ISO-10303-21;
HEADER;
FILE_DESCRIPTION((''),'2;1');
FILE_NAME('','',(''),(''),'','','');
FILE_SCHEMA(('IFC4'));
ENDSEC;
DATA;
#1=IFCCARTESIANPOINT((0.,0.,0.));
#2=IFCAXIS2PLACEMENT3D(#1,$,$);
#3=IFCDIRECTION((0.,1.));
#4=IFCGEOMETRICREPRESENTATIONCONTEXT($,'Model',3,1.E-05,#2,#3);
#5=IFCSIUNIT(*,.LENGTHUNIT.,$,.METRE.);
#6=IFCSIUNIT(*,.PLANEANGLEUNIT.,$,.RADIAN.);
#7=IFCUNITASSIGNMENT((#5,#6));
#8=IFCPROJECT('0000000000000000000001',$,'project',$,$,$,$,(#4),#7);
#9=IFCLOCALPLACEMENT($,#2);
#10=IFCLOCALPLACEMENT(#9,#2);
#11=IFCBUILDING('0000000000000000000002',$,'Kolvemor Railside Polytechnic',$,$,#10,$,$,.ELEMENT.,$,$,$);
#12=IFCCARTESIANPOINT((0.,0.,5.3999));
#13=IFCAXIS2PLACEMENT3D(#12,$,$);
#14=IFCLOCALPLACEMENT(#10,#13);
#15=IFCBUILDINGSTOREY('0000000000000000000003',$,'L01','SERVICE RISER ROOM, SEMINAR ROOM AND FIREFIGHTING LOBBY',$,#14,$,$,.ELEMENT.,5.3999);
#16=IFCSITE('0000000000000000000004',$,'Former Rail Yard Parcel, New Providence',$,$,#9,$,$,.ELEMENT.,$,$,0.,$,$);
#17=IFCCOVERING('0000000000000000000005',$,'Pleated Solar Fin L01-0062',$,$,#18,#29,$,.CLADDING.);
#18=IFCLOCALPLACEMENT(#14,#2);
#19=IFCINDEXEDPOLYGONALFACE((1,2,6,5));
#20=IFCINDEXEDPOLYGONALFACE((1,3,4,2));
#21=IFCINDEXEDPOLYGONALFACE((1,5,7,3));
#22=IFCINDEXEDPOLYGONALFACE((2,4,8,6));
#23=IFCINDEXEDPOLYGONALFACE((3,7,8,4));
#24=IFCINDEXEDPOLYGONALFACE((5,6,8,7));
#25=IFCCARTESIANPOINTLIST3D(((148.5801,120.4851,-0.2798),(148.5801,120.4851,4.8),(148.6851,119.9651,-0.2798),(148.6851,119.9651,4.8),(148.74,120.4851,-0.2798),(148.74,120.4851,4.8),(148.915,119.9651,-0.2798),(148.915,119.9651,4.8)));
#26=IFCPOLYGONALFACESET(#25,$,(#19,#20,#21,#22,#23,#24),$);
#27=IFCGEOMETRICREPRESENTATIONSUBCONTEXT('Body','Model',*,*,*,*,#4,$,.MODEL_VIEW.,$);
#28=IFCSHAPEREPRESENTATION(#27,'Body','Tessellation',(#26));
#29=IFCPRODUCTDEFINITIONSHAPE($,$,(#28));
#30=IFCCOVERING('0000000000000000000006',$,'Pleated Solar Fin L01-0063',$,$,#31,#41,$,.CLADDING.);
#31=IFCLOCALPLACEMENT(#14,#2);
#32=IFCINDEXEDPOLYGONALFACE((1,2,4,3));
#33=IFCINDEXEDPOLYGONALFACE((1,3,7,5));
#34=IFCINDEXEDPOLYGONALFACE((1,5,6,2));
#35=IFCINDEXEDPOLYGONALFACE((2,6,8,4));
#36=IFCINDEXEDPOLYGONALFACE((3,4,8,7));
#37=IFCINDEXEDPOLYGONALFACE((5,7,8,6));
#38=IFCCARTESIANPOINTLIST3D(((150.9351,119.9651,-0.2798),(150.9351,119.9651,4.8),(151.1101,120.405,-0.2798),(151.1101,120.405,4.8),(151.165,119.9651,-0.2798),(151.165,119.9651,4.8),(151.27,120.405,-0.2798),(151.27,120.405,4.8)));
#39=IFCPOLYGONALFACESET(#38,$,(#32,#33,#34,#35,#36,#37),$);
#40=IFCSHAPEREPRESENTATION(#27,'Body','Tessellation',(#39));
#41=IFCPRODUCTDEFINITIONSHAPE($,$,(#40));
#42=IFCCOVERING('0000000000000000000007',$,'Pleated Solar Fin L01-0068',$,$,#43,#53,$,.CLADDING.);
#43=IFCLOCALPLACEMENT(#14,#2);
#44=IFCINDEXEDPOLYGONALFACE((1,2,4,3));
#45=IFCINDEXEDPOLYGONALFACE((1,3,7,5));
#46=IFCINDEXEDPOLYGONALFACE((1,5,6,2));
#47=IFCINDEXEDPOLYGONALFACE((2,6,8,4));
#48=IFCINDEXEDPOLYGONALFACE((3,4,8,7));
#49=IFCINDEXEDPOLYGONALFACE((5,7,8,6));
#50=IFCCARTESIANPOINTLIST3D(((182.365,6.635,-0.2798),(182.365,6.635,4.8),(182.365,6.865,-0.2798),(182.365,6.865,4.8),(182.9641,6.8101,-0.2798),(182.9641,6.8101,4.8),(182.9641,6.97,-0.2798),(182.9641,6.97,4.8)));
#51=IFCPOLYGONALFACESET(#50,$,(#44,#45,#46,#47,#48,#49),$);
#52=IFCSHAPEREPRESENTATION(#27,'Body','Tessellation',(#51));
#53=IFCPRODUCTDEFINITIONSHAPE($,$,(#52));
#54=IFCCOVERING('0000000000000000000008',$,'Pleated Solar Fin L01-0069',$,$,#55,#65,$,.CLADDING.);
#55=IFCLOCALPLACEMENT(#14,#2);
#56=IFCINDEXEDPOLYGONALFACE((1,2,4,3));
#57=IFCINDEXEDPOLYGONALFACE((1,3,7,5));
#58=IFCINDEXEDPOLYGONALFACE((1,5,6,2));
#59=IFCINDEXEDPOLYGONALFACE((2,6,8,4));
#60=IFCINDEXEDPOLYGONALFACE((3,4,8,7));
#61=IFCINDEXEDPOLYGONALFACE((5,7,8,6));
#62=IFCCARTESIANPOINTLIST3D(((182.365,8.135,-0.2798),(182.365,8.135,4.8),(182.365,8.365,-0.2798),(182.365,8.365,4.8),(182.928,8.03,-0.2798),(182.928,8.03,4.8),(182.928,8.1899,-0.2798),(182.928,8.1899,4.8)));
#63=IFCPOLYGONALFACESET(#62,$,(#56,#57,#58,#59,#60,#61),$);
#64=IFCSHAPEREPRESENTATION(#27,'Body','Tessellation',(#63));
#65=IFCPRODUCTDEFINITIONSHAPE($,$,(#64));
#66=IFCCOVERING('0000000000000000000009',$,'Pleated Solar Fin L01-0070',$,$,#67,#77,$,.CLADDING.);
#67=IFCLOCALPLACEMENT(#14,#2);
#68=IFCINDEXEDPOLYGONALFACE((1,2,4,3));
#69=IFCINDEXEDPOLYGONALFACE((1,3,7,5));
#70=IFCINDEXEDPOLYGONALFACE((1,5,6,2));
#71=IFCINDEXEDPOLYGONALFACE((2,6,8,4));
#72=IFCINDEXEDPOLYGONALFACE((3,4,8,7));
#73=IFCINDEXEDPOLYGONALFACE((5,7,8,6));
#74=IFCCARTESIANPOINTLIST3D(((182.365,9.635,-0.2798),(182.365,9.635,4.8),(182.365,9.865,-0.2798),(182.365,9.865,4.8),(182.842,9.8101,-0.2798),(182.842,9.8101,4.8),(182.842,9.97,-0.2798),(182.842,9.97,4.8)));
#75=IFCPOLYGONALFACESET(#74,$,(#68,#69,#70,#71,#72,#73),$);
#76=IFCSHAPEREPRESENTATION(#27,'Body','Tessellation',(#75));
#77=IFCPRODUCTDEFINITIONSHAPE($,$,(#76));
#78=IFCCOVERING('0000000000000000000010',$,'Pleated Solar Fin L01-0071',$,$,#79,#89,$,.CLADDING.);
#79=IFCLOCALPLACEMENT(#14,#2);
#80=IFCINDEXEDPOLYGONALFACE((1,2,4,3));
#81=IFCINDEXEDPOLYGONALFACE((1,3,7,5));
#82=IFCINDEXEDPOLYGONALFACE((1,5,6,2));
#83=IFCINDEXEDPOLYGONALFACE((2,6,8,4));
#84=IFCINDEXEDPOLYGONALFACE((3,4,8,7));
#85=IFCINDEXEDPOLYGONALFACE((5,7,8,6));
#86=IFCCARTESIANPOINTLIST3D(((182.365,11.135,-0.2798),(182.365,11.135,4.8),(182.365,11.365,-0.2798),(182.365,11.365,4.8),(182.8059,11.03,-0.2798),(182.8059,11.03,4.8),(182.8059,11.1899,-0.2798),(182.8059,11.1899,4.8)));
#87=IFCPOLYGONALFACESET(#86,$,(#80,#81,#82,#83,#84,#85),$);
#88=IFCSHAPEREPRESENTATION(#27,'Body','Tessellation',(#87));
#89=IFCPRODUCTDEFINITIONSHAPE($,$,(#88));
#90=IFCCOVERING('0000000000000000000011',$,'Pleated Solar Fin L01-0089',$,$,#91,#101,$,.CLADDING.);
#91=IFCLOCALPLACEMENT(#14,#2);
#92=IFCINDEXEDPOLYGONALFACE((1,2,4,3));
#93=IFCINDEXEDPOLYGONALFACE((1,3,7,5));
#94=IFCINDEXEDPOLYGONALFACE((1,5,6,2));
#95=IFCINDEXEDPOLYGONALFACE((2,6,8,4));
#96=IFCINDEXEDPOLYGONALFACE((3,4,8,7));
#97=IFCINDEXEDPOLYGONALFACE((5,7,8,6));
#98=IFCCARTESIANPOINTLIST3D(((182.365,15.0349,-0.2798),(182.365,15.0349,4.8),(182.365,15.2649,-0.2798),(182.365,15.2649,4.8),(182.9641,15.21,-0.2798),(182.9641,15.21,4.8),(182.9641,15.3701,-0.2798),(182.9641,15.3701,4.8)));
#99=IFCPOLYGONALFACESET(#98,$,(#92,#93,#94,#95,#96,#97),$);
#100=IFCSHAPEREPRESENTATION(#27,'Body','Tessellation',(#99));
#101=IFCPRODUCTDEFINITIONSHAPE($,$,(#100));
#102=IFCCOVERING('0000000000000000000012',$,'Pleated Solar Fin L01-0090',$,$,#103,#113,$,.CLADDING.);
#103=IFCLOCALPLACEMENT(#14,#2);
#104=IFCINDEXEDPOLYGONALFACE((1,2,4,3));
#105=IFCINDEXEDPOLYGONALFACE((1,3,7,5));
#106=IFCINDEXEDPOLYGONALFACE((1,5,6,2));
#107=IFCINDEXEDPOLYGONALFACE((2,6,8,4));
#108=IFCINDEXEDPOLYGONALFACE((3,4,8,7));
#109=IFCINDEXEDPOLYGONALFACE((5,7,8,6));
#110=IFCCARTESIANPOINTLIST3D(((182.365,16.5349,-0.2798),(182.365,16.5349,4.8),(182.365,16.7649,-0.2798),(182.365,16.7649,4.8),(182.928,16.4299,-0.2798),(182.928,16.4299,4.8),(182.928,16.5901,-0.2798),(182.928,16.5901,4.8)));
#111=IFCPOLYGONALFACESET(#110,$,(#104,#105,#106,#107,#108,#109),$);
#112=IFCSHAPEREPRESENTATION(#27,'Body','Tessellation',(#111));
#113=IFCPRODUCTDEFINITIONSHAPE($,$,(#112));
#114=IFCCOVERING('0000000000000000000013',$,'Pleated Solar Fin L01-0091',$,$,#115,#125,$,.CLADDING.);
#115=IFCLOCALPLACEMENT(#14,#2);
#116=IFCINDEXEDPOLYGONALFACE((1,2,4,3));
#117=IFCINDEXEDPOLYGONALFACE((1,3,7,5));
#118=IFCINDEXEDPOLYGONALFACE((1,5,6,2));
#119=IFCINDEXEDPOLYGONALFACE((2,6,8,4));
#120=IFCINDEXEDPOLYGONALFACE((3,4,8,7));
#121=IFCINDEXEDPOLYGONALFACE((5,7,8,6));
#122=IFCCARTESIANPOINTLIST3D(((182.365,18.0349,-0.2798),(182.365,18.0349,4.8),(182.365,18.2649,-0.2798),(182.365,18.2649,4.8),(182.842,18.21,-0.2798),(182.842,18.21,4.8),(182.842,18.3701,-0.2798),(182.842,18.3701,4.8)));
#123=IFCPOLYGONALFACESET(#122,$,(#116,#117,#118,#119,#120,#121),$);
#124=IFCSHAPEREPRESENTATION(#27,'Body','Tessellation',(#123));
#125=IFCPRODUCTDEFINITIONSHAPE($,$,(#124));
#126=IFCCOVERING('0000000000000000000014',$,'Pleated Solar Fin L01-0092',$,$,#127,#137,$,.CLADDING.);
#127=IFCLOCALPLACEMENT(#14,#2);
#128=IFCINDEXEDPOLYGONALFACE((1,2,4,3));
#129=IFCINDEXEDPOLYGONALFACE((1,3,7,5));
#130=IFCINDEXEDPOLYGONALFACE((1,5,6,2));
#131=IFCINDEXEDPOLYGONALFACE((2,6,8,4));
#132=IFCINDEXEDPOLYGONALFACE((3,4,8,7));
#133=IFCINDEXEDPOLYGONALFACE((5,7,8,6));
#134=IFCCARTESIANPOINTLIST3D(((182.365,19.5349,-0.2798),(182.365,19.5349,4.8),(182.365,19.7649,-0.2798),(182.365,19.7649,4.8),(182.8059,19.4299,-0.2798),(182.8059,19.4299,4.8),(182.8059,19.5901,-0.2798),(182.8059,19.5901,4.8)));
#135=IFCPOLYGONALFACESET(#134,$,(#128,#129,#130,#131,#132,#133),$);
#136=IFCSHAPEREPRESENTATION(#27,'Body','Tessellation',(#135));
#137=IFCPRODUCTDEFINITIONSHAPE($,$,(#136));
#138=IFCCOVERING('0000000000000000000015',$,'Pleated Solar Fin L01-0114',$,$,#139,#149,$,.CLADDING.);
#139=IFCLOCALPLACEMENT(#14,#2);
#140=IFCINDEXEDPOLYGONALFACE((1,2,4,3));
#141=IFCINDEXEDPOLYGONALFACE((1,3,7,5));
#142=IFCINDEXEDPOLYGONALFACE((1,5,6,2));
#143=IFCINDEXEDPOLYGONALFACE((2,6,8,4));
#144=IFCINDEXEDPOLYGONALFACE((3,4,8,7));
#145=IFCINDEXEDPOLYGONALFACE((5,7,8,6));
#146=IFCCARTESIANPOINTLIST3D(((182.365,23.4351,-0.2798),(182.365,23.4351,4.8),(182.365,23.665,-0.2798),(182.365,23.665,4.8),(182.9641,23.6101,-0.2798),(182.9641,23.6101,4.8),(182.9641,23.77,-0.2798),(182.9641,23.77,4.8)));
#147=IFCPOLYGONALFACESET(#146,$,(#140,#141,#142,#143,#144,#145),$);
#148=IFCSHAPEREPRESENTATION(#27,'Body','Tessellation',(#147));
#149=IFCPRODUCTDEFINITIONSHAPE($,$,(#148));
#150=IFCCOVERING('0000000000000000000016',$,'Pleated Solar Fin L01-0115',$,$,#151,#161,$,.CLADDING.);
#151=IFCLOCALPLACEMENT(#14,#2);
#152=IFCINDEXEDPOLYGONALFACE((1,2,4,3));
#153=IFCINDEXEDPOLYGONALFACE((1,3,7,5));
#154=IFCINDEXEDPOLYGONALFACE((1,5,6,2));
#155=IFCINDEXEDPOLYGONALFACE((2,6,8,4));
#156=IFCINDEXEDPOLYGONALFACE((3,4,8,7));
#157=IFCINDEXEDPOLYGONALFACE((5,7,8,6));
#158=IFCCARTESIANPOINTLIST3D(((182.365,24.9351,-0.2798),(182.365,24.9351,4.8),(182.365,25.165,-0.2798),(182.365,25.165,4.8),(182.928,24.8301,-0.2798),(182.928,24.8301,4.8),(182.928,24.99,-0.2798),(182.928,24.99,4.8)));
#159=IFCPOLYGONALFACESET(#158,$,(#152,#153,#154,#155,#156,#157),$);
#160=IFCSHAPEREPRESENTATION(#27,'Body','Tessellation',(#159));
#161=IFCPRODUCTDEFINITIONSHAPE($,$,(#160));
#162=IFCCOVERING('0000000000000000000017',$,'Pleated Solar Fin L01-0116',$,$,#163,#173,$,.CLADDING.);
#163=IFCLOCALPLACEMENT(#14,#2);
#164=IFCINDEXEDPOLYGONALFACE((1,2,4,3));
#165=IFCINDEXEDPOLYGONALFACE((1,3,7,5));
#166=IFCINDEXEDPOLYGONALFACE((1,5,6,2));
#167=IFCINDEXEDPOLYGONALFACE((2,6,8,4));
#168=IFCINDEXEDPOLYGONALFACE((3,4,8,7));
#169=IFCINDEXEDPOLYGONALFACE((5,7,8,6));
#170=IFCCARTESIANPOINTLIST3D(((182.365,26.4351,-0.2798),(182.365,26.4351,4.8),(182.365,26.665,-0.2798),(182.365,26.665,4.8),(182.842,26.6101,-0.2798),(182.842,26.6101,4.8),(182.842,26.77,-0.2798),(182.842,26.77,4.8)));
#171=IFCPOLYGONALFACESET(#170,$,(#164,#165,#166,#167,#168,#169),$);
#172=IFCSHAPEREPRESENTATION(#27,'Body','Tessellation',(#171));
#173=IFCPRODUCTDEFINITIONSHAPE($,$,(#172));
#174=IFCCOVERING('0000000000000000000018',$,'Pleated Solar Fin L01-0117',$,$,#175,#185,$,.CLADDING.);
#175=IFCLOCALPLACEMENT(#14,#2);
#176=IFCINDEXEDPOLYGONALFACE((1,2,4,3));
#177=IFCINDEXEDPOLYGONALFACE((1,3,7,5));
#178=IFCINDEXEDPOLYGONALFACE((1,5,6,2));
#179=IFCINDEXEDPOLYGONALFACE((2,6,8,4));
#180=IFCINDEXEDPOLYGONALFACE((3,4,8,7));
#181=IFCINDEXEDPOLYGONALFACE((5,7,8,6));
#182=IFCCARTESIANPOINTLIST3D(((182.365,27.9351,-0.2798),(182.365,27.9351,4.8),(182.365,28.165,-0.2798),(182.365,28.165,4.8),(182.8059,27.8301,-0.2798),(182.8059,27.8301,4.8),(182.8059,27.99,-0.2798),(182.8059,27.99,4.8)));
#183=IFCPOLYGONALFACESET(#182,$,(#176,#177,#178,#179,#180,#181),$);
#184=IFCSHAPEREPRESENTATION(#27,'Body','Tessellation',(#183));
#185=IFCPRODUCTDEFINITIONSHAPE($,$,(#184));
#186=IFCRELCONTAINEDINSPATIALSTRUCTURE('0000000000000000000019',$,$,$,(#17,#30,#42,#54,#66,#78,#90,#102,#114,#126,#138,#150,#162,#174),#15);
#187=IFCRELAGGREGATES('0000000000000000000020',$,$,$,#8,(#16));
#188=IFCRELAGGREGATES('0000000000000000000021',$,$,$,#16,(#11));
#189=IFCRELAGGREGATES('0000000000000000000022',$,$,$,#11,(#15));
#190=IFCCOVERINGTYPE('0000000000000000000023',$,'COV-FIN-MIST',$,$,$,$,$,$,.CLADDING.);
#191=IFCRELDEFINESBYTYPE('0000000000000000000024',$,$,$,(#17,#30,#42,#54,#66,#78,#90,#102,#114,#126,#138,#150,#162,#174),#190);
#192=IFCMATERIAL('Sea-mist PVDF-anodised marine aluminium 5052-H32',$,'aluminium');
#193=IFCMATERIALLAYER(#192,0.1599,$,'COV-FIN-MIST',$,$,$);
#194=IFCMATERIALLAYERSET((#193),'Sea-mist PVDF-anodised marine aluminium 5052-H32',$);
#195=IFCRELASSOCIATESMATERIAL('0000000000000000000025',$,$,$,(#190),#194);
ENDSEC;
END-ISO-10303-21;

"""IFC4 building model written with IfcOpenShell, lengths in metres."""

from ifc_helpers import new_model, si_unit, direction, frame, origin, place, context, subcontext, project, spatial, polyline, outline, extrude, material, layer, layer_set, type_object, element, save


model = new_model("IFC4")

# Units and contexts
model_context = context("Model", 3, precision=1e-05, world=origin(), true_north=direction((0.0, 1.0)))
body_context = subcontext(model_context, "Body", "Model", "MODEL_VIEW")
ifc_project = project(units=[si_unit("LENGTHUNIT", "METRE"), si_unit("PLANEANGLEUNIT", "RADIAN")], contexts=[model_context])

# Site, building, storey
site_placement = place(None, origin())
site = spatial("IfcSite", under=ifc_project, at=site_placement, Name="Former Rail Yard Parcel, New Providence", CompositionType="ELEMENT", RefElevation=0.0)
building_placement = place(site_placement, origin())
building = spatial("IfcBuilding", under=site, at=building_placement, Name="Kolvemor Railside Polytechnic", CompositionType="ELEMENT")
storey_placement = place(building_placement, frame((0.0, 0.0, 5.3999)))
storey = spatial("IfcBuildingStorey", under=building, at=storey_placement, Name="L01", Description="SERVICE RISER ROOM, SEMINAR ROOM AND FIREFIGHTING LOBBY", CompositionType="ELEMENT", Elevation=5.3999)

# Coverings
ifc_material_1 = material(Name="Sea-mist PVDF-anodised marine aluminium 5052-H32", Category="aluminium")
ifc_layer_1 = layer(ifc_material_1, 0.1599, Name="COV-FIN-MIST")
ifc_layer_set_1 = layer_set([ifc_layer_1], Name="Sea-mist PVDF-anodised marine aluminium 5052-H32")
covering_type_1 = type_object("IfcCoveringType", Name="COV-FIN-MIST", PredefinedType="CLADDING", material=ifc_layer_set_1)
covering_1_placement = place(storey_placement, frame((0.0, 0.0, -0.2798)))
element("IfcCovering", 1, at=covering_1_placement, inside=storey, type_object=covering_type_1, Name="Pleated Solar Fin L01-0062", PredefinedType="CLADDING", context=body_context, shape_type="SweptSolid", body=[
    extrude(outline(polyline([(148.6851, 119.9651), (148.915, 119.9651), (148.74, 120.4851), (148.5801, 120.4851), (148.6851, 119.9651)])), origin(), (0.0, 0.0, 1.0), 5.0798),
])
covering_2_placement = place(storey_placement, frame((0.0, 0.0, -0.2798)))
element("IfcCovering", 2, at=covering_2_placement, inside=storey, type_object=covering_type_1, Name="Pleated Solar Fin L01-0063", PredefinedType="CLADDING", context=body_context, shape_type="SweptSolid", body=[
    extrude(outline(polyline([(150.9351, 119.9651), (151.165, 119.9651), (151.27, 120.405), (151.1101, 120.405), (150.9351, 119.9651)])), origin(), (0.0, 0.0, 1.0), 5.0798),
])
covering_3_placement = place(storey_placement, frame((0.0, 0.0, -0.2798)))
element("IfcCovering", 3, at=covering_3_placement, inside=storey, type_object=covering_type_1, Name="Pleated Solar Fin L01-0068", PredefinedType="CLADDING", context=body_context, shape_type="SweptSolid", body=[
    extrude(outline(polyline([(182.365, 6.635), (182.365, 6.865), (182.9641, 6.97), (182.9641, 6.8101), (182.365, 6.635)])), origin(), (0.0, 0.0, 1.0), 5.0798),
])
covering_4_placement = place(storey_placement, frame((0.0, 0.0, -0.2798)))
element("IfcCovering", 4, at=covering_4_placement, inside=storey, type_object=covering_type_1, Name="Pleated Solar Fin L01-0069", PredefinedType="CLADDING", context=body_context, shape_type="SweptSolid", body=[
    extrude(outline(polyline([(182.365, 8.135), (182.365, 8.365), (182.928, 8.1899), (182.928, 8.03), (182.365, 8.135)])), origin(), (0.0, 0.0, 1.0), 5.0798),
])
covering_5_placement = place(storey_placement, frame((0.0, 0.0, -0.2798)))
element("IfcCovering", 5, at=covering_5_placement, inside=storey, type_object=covering_type_1, Name="Pleated Solar Fin L01-0070", PredefinedType="CLADDING", context=body_context, shape_type="SweptSolid", body=[
    extrude(outline(polyline([(182.365, 9.635), (182.365, 9.865), (182.842, 9.97), (182.842, 9.8101), (182.365, 9.635)])), origin(), (0.0, 0.0, 1.0), 5.0798),
])
covering_6_placement = place(storey_placement, frame((0.0, 0.0, -0.2798)))
element("IfcCovering", 6, at=covering_6_placement, inside=storey, type_object=covering_type_1, Name="Pleated Solar Fin L01-0071", PredefinedType="CLADDING", context=body_context, shape_type="SweptSolid", body=[
    extrude(outline(polyline([(182.365, 11.135), (182.365, 11.365), (182.8059, 11.1899), (182.8059, 11.03), (182.365, 11.135)])), origin(), (0.0, 0.0, 1.0), 5.0798),
])
covering_7_placement = place(storey_placement, frame((0.0, 0.0, -0.2798)))
element("IfcCovering", 7, at=covering_7_placement, inside=storey, type_object=covering_type_1, Name="Pleated Solar Fin L01-0089", PredefinedType="CLADDING", context=body_context, shape_type="SweptSolid", body=[
    extrude(outline(polyline([(182.365, 15.0349), (182.365, 15.2649), (182.9641, 15.3701), (182.9641, 15.21), (182.365, 15.0349)])), origin(), (0.0, 0.0, 1.0), 5.0798),
])
covering_8_placement = place(storey_placement, frame((0.0, 0.0, -0.2798)))
element("IfcCovering", 8, at=covering_8_placement, inside=storey, type_object=covering_type_1, Name="Pleated Solar Fin L01-0090", PredefinedType="CLADDING", context=body_context, shape_type="SweptSolid", body=[
    extrude(outline(polyline([(182.365, 16.5349), (182.365, 16.7649), (182.928, 16.5901), (182.928, 16.4299), (182.365, 16.5349)])), origin(), (0.0, 0.0, 1.0), 5.0798),
])
covering_9_placement = place(storey_placement, frame((0.0, 0.0, -0.2798)))
element("IfcCovering", 9, at=covering_9_placement, inside=storey, type_object=covering_type_1, Name="Pleated Solar Fin L01-0091", PredefinedType="CLADDING", context=body_context, shape_type="SweptSolid", body=[
    extrude(outline(polyline([(182.365, 18.0349), (182.365, 18.2649), (182.842, 18.3701), (182.842, 18.21), (182.365, 18.0349)])), origin(), (0.0, 0.0, 1.0), 5.0798),
])
covering_10_placement = place(storey_placement, frame((0.0, 0.0, -0.2798)))
element("IfcCovering", 10, at=covering_10_placement, inside=storey, type_object=covering_type_1, Name="Pleated Solar Fin L01-0092", PredefinedType="CLADDING", context=body_context, shape_type="SweptSolid", body=[
    extrude(outline(polyline([(182.365, 19.5349), (182.365, 19.7649), (182.8059, 19.5901), (182.8059, 19.4299), (182.365, 19.5349)])), origin(), (0.0, 0.0, 1.0), 5.0798),
])
covering_11_placement = place(storey_placement, frame((0.0, 0.0, -0.2798)))
element("IfcCovering", 11, at=covering_11_placement, inside=storey, type_object=covering_type_1, Name="Pleated Solar Fin L01-0114", PredefinedType="CLADDING", context=body_context, shape_type="SweptSolid", body=[
    extrude(outline(polyline([(182.365, 23.4351), (182.365, 23.665), (182.9641, 23.77), (182.9641, 23.6101), (182.365, 23.4351)])), origin(), (0.0, 0.0, 1.0), 5.0798),
])
covering_12_placement = place(storey_placement, frame((0.0, 0.0, -0.2798)))
element("IfcCovering", 12, at=covering_12_placement, inside=storey, type_object=covering_type_1, Name="Pleated Solar Fin L01-0115", PredefinedType="CLADDING", context=body_context, shape_type="SweptSolid", body=[
    extrude(outline(polyline([(182.365, 24.9351), (182.365, 25.165), (182.928, 24.99), (182.928, 24.8301), (182.365, 24.9351)])), origin(), (0.0, 0.0, 1.0), 5.0798),
])
covering_13_placement = place(storey_placement, frame((0.0, 0.0, -0.2798)))
element("IfcCovering", 13, at=covering_13_placement, inside=storey, type_object=covering_type_1, Name="Pleated Solar Fin L01-0116", PredefinedType="CLADDING", context=body_context, shape_type="SweptSolid", body=[
    extrude(outline(polyline([(182.365, 26.4351), (182.365, 26.665), (182.842, 26.77), (182.842, 26.6101), (182.365, 26.4351)])), origin(), (0.0, 0.0, 1.0), 5.0798),
])
covering_14_placement = place(storey_placement, frame((0.0, 0.0, -0.2798)))
element("IfcCovering", 14, at=covering_14_placement, inside=storey, type_object=covering_type_1, Name="Pleated Solar Fin L01-0117", PredefinedType="CLADDING", context=body_context, shape_type="SweptSolid", body=[
    extrude(outline(polyline([(182.365, 27.9351), (182.365, 28.165), (182.8059, 27.99), (182.8059, 27.8301), (182.365, 27.9351)])), origin(), (0.0, 0.0, 1.0), 5.0798),
])

save(model, "model.ifc")
